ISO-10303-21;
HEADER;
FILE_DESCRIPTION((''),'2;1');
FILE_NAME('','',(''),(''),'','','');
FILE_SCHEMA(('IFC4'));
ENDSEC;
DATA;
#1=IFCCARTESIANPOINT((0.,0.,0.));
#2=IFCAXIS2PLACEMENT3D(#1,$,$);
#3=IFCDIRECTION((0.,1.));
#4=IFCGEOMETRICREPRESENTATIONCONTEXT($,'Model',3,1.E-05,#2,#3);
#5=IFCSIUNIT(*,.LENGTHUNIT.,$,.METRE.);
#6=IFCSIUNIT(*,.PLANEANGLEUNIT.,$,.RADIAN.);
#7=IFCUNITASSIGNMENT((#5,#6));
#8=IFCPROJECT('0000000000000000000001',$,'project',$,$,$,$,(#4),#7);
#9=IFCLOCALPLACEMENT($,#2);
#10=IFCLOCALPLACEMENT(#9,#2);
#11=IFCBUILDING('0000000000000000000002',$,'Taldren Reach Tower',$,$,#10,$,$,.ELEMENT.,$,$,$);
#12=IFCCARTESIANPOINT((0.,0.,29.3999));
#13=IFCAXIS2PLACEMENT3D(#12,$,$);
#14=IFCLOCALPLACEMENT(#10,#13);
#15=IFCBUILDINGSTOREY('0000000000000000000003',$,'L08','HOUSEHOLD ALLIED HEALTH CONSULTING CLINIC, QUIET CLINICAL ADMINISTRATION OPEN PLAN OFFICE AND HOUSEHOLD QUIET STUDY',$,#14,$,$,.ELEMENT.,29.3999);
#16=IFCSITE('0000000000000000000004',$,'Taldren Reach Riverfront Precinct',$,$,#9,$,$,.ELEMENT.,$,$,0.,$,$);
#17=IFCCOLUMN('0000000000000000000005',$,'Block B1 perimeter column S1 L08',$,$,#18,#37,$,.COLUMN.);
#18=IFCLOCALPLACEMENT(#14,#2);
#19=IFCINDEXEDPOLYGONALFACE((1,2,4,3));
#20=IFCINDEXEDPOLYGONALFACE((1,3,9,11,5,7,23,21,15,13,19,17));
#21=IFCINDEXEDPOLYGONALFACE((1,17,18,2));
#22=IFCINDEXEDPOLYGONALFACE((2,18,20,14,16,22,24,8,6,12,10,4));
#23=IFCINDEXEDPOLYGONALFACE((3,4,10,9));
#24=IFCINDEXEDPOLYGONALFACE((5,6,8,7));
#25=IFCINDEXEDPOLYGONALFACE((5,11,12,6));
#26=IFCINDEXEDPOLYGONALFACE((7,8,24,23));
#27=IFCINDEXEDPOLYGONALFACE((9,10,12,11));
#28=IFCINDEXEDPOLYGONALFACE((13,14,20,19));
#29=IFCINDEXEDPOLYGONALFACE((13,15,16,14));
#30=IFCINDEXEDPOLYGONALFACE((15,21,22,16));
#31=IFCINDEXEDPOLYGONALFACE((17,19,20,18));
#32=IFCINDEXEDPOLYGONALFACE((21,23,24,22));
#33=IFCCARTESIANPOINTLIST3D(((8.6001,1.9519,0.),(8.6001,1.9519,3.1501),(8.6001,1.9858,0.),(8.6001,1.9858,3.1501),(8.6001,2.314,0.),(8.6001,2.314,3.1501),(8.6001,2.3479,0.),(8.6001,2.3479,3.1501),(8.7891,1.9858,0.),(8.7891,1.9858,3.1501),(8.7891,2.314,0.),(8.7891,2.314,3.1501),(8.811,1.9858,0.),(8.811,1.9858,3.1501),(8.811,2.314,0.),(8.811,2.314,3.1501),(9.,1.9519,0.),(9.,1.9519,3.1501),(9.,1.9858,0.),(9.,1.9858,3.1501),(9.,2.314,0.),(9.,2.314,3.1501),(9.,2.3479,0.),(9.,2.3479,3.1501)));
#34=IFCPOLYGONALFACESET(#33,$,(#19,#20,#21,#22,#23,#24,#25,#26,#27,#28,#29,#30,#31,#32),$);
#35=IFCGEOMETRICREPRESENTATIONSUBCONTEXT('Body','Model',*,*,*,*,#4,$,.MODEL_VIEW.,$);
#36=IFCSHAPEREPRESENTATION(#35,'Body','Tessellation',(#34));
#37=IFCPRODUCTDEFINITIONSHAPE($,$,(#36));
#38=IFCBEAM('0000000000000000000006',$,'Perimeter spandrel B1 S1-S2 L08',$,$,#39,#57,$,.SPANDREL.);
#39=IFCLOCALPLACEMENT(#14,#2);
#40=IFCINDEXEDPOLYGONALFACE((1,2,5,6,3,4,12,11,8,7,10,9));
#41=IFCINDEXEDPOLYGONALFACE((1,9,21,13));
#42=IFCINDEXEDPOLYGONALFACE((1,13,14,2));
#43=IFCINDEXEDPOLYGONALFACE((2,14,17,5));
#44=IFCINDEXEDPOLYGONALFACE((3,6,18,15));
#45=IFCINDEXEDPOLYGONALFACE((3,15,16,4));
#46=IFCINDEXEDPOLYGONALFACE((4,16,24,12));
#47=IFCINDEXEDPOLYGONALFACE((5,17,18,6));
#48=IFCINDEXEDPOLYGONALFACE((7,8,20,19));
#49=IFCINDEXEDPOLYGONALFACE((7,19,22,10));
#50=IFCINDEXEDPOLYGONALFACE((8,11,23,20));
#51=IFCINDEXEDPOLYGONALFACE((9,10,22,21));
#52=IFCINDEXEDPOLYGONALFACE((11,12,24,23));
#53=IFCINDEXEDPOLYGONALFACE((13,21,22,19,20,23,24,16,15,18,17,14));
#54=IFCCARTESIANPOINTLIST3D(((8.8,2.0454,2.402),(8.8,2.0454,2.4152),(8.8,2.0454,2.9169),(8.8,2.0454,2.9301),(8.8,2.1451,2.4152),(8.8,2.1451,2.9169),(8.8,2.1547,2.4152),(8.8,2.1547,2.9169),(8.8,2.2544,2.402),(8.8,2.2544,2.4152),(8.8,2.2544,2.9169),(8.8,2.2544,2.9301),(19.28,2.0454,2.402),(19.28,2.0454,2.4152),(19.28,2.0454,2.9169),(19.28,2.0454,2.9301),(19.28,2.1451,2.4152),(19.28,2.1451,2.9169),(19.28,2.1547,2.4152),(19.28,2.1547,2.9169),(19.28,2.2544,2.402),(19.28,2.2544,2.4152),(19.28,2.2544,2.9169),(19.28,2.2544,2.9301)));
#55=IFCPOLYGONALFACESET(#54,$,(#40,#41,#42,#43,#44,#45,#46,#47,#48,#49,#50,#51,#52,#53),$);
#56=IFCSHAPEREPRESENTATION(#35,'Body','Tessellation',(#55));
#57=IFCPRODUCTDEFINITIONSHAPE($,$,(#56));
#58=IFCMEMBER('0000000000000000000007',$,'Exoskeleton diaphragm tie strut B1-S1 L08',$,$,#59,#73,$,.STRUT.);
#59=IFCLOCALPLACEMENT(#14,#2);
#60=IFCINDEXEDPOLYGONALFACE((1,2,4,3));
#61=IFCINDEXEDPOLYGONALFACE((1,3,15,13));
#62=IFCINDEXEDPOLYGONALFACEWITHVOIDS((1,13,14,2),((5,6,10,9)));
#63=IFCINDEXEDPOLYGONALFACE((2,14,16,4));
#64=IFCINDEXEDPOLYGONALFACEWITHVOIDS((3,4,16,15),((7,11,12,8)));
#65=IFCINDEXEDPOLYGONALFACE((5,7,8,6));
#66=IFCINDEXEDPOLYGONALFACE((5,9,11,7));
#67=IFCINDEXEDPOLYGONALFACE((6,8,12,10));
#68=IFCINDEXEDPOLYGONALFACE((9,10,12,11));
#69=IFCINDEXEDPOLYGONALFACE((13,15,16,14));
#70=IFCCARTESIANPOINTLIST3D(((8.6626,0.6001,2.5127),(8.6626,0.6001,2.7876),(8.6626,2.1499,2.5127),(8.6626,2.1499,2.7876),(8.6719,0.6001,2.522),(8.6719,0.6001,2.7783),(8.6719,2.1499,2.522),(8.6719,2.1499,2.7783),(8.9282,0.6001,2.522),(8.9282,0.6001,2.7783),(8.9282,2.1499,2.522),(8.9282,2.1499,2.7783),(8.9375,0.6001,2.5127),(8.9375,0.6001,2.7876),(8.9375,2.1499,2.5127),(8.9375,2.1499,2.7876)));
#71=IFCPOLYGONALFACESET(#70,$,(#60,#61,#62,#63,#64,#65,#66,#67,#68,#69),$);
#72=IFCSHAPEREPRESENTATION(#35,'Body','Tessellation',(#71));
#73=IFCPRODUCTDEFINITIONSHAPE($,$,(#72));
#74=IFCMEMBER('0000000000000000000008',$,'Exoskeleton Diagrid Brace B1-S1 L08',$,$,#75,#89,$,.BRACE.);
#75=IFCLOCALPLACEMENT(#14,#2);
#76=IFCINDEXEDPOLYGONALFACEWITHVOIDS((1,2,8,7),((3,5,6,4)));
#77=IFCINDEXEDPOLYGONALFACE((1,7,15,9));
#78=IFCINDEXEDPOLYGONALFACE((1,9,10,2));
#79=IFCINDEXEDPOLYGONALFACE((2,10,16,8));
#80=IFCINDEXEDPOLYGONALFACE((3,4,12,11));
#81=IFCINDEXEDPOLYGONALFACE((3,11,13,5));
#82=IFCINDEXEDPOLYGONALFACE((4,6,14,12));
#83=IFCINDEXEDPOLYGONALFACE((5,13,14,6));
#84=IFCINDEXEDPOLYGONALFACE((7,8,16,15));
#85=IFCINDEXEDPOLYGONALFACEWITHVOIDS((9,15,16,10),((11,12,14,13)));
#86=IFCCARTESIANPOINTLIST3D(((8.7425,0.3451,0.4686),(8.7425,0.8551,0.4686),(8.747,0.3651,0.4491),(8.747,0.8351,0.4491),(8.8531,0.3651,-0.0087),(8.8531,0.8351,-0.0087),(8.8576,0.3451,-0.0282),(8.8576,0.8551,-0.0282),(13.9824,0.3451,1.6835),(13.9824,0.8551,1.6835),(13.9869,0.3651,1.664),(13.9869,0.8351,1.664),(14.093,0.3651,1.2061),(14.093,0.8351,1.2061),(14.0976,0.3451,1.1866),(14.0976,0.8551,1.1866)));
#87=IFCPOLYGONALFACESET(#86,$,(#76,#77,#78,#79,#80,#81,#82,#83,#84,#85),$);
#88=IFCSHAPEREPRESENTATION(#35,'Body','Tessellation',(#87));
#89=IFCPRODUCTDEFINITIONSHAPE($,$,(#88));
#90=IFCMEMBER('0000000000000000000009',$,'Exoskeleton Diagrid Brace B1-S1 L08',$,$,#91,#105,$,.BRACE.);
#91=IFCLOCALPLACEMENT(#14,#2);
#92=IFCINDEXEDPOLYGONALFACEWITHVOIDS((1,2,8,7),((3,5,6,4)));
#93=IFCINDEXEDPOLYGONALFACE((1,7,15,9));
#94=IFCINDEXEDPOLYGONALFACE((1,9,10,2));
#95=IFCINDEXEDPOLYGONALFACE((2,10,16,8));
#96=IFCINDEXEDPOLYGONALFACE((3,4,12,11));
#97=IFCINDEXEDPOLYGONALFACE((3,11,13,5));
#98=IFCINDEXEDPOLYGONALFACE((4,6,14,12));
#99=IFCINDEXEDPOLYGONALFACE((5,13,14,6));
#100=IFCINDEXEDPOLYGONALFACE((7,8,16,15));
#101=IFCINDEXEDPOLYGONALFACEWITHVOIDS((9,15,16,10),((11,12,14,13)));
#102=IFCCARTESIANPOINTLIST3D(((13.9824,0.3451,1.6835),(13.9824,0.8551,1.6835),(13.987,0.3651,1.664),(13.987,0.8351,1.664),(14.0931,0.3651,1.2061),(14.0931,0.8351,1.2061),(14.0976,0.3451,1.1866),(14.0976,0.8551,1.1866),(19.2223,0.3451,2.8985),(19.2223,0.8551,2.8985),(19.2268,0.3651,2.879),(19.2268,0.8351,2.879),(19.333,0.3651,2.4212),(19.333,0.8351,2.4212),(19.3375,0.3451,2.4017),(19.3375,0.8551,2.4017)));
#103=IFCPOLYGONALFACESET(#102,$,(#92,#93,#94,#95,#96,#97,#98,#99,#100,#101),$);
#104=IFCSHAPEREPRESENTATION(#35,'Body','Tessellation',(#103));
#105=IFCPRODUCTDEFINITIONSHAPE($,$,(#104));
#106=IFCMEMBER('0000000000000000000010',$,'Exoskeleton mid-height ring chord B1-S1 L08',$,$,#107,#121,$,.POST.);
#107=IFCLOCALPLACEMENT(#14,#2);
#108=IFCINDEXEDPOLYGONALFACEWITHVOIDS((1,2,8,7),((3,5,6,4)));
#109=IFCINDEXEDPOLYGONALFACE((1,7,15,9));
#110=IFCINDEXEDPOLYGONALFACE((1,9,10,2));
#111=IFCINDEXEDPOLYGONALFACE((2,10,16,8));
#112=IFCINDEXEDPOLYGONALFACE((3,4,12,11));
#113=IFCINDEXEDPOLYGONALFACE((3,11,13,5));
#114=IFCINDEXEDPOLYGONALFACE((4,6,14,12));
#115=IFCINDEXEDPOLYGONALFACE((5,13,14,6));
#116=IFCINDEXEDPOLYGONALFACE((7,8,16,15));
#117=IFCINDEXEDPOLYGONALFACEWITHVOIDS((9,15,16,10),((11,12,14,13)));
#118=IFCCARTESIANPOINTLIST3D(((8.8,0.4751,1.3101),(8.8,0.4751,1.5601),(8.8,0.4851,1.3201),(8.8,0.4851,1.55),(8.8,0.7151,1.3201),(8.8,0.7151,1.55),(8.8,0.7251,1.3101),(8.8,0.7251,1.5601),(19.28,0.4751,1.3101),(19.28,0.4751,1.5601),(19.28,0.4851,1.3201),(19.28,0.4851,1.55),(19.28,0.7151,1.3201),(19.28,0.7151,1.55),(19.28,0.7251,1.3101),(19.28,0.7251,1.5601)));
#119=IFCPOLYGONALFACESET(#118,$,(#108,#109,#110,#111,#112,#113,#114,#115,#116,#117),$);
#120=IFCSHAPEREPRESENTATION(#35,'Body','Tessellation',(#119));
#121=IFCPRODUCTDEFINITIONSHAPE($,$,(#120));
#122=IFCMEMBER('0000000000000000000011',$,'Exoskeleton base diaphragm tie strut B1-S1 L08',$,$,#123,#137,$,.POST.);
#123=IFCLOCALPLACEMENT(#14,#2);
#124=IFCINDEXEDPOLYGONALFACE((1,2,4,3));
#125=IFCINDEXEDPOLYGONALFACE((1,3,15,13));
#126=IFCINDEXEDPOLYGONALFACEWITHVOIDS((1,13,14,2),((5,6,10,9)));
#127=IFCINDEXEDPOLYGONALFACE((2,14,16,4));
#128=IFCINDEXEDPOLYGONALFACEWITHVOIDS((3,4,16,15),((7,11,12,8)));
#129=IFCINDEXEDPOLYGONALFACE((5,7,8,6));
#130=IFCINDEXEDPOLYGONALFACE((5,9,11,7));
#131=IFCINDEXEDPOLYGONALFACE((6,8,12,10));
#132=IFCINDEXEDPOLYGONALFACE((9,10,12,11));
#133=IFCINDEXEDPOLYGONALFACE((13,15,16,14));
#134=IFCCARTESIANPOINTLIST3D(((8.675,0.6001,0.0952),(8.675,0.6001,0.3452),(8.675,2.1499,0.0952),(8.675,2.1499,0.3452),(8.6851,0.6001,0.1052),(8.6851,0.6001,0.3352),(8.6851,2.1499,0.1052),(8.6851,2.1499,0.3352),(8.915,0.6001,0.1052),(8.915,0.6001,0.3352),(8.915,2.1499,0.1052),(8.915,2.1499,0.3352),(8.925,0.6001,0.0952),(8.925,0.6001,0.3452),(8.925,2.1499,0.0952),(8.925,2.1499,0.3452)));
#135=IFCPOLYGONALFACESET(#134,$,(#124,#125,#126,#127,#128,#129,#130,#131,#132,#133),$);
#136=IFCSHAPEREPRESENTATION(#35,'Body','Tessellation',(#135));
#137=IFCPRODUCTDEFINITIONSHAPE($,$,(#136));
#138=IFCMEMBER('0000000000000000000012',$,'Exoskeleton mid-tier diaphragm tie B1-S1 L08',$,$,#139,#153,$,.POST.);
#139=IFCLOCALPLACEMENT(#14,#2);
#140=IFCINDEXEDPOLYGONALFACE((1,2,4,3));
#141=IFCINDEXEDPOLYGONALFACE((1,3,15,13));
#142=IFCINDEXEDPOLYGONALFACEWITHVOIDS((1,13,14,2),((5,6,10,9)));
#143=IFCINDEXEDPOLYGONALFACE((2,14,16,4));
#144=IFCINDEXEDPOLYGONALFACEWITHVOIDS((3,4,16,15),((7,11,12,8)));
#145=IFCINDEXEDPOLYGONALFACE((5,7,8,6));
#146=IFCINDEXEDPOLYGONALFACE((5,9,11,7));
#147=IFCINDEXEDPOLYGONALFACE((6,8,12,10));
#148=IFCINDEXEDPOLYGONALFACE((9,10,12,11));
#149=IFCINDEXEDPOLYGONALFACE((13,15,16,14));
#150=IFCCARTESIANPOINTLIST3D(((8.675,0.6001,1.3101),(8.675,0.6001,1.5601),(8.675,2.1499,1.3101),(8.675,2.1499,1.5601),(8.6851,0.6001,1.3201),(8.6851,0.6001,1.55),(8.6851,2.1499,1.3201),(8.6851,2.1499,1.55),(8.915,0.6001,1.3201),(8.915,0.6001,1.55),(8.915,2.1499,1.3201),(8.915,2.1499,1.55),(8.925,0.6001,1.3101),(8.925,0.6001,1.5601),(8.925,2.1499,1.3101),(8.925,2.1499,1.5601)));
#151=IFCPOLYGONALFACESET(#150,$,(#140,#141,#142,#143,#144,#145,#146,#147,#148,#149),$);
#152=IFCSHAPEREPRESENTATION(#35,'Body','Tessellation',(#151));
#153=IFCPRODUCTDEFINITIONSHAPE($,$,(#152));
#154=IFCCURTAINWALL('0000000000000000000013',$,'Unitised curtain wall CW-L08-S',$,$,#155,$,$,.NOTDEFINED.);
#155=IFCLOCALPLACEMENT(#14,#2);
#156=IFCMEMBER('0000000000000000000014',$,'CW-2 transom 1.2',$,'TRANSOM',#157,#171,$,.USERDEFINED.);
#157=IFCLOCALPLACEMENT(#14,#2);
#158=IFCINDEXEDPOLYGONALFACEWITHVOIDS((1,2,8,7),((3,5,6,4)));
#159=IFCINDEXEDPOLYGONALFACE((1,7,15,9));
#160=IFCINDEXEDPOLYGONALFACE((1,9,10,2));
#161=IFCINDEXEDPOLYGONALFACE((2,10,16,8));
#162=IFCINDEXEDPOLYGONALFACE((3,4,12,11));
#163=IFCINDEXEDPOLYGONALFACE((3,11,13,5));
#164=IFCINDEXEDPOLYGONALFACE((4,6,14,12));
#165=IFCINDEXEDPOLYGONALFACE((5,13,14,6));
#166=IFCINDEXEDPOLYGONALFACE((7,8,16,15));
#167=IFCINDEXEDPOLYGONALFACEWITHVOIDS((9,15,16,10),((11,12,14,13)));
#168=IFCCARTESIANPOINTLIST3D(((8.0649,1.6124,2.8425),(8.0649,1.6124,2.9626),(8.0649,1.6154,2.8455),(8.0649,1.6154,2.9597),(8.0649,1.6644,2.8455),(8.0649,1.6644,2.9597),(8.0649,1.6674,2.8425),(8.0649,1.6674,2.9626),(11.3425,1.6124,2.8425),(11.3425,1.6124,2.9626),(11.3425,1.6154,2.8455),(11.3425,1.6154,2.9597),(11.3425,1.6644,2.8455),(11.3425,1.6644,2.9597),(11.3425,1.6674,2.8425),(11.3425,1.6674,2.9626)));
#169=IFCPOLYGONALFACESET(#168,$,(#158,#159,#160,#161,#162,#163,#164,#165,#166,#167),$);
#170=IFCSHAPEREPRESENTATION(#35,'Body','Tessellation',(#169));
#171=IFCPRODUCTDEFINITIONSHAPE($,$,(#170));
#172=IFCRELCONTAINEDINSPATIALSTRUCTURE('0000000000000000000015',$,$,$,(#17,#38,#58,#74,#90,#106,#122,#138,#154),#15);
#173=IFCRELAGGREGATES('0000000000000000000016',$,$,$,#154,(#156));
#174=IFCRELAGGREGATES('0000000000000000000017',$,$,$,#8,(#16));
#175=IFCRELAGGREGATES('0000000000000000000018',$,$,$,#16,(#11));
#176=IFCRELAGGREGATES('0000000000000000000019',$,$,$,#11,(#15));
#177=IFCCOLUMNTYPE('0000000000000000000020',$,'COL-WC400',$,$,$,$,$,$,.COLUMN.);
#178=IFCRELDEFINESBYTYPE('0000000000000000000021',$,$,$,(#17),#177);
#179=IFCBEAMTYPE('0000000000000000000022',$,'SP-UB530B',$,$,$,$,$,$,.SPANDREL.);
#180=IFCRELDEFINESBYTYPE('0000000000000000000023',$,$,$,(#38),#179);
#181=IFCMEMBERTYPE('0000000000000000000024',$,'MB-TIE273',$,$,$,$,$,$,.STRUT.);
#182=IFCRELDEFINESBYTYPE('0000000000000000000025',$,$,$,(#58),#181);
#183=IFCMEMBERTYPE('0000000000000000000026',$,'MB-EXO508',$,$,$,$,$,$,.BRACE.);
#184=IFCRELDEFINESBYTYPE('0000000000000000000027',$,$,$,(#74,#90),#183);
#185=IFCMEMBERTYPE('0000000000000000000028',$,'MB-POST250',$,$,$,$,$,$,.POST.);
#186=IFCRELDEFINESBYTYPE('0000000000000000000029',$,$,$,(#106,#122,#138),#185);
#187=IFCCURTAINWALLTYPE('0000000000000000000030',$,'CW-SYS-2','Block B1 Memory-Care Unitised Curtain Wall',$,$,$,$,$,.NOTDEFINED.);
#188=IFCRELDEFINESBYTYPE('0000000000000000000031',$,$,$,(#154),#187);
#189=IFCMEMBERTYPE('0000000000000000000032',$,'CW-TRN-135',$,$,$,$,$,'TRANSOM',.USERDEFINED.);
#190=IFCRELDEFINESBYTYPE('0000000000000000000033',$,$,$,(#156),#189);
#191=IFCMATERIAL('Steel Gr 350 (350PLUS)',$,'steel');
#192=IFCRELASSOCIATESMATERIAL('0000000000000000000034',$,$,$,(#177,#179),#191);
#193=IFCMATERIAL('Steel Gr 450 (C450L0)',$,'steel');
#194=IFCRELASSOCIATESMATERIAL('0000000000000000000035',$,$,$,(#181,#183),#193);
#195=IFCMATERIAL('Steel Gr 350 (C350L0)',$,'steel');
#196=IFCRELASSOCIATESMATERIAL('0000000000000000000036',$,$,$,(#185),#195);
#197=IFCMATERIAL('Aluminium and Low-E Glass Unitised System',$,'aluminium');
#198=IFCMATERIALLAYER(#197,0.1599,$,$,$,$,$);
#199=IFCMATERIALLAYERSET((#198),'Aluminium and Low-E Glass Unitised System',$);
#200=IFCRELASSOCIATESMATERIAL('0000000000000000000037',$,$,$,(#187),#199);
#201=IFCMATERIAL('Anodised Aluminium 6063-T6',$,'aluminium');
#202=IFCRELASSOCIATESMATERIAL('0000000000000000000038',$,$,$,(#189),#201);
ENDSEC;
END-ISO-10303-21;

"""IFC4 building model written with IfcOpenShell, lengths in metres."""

from ifc_helpers import new_model, si_unit, direction, frame, origin, origin_2d, place, context, subcontext, project, spatial, hollow_rectangle, i_section, extrude, source, transform, mapped, material, layer, layer_set, material_profile, profile_set, type_object, element, aggregate, save


model = new_model("IFC4")

# Units and contexts
model_context = context("Model", 3, precision=1e-05, world=origin(), true_north=direction((0.0, 1.0)))
body_context = subcontext(model_context, "Body", "Model", "MODEL_VIEW")
ifc_project = project(units=[si_unit("LENGTHUNIT", "METRE"), si_unit("PLANEANGLEUNIT", "RADIAN")], contexts=[model_context])

# Site, building, storey
site_placement = place(None, origin())
site = spatial("IfcSite", under=ifc_project, at=site_placement, Name="Taldren Reach Riverfront Precinct", CompositionType="ELEMENT", RefElevation=0.0)
building_placement = place(site_placement, origin())
building = spatial("IfcBuilding", under=site, at=building_placement, Name="Taldren Reach Tower", CompositionType="ELEMENT")
storey_placement = place(building_placement, frame((0.0, 0.0, 29.3999)))
storey = spatial("IfcBuildingStorey", under=building, at=storey_placement, Name="L08", Description="HOUSEHOLD ALLIED HEALTH CONSULTING CLINIC, QUIET CLINICAL ADMINISTRATION OPEN PLAN OFFICE AND HOUSEHOLD QUIET STUDY", CompositionType="ELEMENT", Elevation=29.3999)

# Column
ifc_material_1 = material(Name="Steel Gr 350 (350PLUS)", Category="steel")
ifc_material_profile_1 = material_profile(ifc_material_1, i_section(OverallWidth=0.3999, OverallDepth=0.396, WebThickness=0.022, FlangeThickness=0.0339, at=origin_2d()), Name="400WC270")
ifc_profile_set_1 = profile_set([ifc_material_profile_1], Name="Steel Gr 350 (350PLUS)")
column_type = type_object("IfcColumnType", Name="COL-WC400", PredefinedType="COLUMN", material=ifc_profile_set_1)
shared_shape_1 = source(origin(), body_context, "Body", "SweptSolid", [
    extrude(i_section(OverallWidth=0.3999, OverallDepth=0.396, WebThickness=0.022, FlangeThickness=0.0339, at=origin_2d()), origin(), (0.0, 0.0, 1.0), 3.1501),
])
column_placement = place(storey_placement, frame((8.8, 2.1499, 0.0), z_axis=(0.0, 0.0, 1.0), x_axis=(1.0, 0.0, 0.0)))
element("IfcColumn", 1, at=column_placement, inside=storey, type_object=column_type, Name="Block B1 perimeter column S1 L08", PredefinedType="COLUMN", context=body_context, shape_type="MappedRepresentation", body=[
    mapped(shared_shape_1, transform((0.0, 0.0, 0.0), scale=1.0)),
])

# Beam
ifc_material_profile_2 = material_profile(ifc_material_1, i_section(OverallWidth=0.209, OverallDepth=0.5281, WebThickness=0.0095, FlangeThickness=0.0132, at=origin_2d()), Name="530UB82.0")
ifc_profile_set_2 = profile_set([ifc_material_profile_2], Name="Steel Gr 350 (350PLUS)")
beam_type = type_object("IfcBeamType", Name="SP-UB530B", PredefinedType="SPANDREL", material=ifc_profile_set_2)
shared_shape_2 = source(origin(), body_context, "Body", "SweptSolid", [
    extrude(i_section(OverallWidth=0.209, OverallDepth=0.5281, WebThickness=0.0095, FlangeThickness=0.0132, at=origin_2d()), origin(), (0.0, 0.0, 1.0), 10.48),
])
beam_placement = place(storey_placement, frame((8.8, 2.1499, 2.666), z_axis=(1.0, 0.0, 0.0), x_axis=(0.0, 1.0, 0.0)))
element("IfcBeam", 2, at=beam_placement, inside=storey, type_object=beam_type, Name="Perimeter spandrel B1 S1-S2 L08", PredefinedType="SPANDREL", context=body_context, shape_type="MappedRepresentation", body=[
    mapped(shared_shape_2, transform((0.0, 0.0, 0.0), scale=1.0)),
])

# Members
ifc_material_2 = material(Name="Steel Gr 450 (C450L0)", Category="steel")
ifc_material_profile_3 = material_profile(ifc_material_2, hollow_rectangle(XDim=0.2749, YDim=0.2749, WallThickness=0.0093, at=origin_2d()), Name="275x275x9.3SHS")
ifc_profile_set_3 = profile_set([ifc_material_profile_3], Name="Steel Gr 450 (C450L0)")
member_type_1 = type_object("IfcMemberType", Name="MB-TIE273", PredefinedType="STRUT", material=ifc_profile_set_3)
shared_shape_3 = source(origin(), body_context, "Body", "SweptSolid", [
    extrude(hollow_rectangle(XDim=0.2749, YDim=0.2749, WallThickness=0.0093, at=origin_2d()), origin(), (0.0, 0.0, 1.0), 1.5498),
])
member_1_placement = place(storey_placement, frame((8.8, 2.1499, 2.6501), z_axis=(0.0, -1.0, 0.0), x_axis=(1.0, 0.0, 0.0)))
element("IfcMember", 3, at=member_1_placement, inside=storey, type_object=member_type_1, Name="Exoskeleton diaphragm tie strut B1-S1 L08", PredefinedType="STRUT", context=body_context, shape_type="MappedRepresentation", body=[
    mapped(shared_shape_3, transform((0.0, 0.0, 0.0), scale=1.0)),
])
ifc_material_profile_4 = material_profile(ifc_material_2, hollow_rectangle(XDim=0.51, YDim=0.51, WallThickness=0.02, at=origin_2d()), Name="510x510x20.0SHS")
ifc_profile_set_4 = profile_set([ifc_material_profile_4], Name="Steel Gr 450 (C450L0)")
member_type_2 = type_object("IfcMemberType", Name="MB-EXO508", PredefinedType="BRACE", material=ifc_profile_set_4)
shared_shape_4 = source(origin(), body_context, "Body", "SweptSolid", [
    extrude(hollow_rectangle(XDim=0.51, YDim=0.51, WallThickness=0.02, at=origin_2d()), origin(), (0.0, 0.0, 1.0), 5.3789),
])
for number, where, z_axis, x_axis, name in (
    (4, (8.8, 0.6001, 0.2202), (0.974162, 0.0, 0.225851), (0.0, 1.0, 0.0), "Exoskeleton Diagrid Brace B1-S1 L08"),
    (5, (14.04, 0.6001, 1.4351), (0.974152, 0.0, 0.225894), (0.0, 1.0, 0.0), "Exoskeleton Diagrid Brace B1-S1 L08"),
):
    element("IfcMember", number, at=place(storey_placement, frame(where, z_axis=z_axis, x_axis=x_axis)), inside=storey, type_object=member_type_2, Name=name, PredefinedType="BRACE", context=body_context, shape_type="MappedRepresentation", body=[
        mapped(shared_shape_4, transform((0.0, 0.0, 0.0), scale=1.0)),
    ])
ifc_material_3 = material(Name="Steel Gr 350 (C350L0)", Category="steel")
ifc_material_profile_5 = material_profile(ifc_material_3, hollow_rectangle(XDim=0.25, YDim=0.25, WallThickness=0.01, at=origin_2d()), Name="250x250x10.0SHS")
ifc_profile_set_5 = profile_set([ifc_material_profile_5], Name="Steel Gr 350 (C350L0)")
member_type_3 = type_object("IfcMemberType", Name="MB-POST250", PredefinedType="POST", material=ifc_profile_set_5)
shared_shape_5 = source(origin(), body_context, "Body", "SweptSolid", [
    extrude(hollow_rectangle(XDim=0.25, YDim=0.25, WallThickness=0.01, at=origin_2d()), origin(), (0.0, 0.0, 1.0), 10.48),
])
member_2_placement = place(storey_placement, frame((8.8, 0.6001, 1.4351), z_axis=(1.0, 0.0, 0.0), x_axis=(0.0, 1.0, 0.0)))
element("IfcMember", 6, at=member_2_placement, inside=storey, type_object=member_type_3, Name="Exoskeleton mid-height ring chord B1-S1 L08", PredefinedType="POST", context=body_context, shape_type="MappedRepresentation", body=[
    mapped(shared_shape_5, transform((0.0, 0.0, 0.0), scale=1.0)),
])
shared_shape_6 = source(origin(), body_context, "Body", "SweptSolid", [
    extrude(hollow_rectangle(XDim=0.25, YDim=0.25, WallThickness=0.01, at=origin_2d()), origin(), (0.0, 0.0, 1.0), 1.5498),
])
for number, where, z_axis, x_axis, name in (
    (7, (8.8, 2.1499, 0.2202), (0.0, -1.0, 0.0), (1.0, 0.0, 0.0), "Exoskeleton base diaphragm tie strut B1-S1 L08"),
    (8, (8.8, 2.1499, 1.4351), (0.0, -1.0, 0.0), (1.0, 0.0, 0.0), "Exoskeleton mid-tier diaphragm tie B1-S1 L08"),
):
    element("IfcMember", number, at=place(storey_placement, frame(where, z_axis=z_axis, x_axis=x_axis)), inside=storey, type_object=member_type_3, Name=name, PredefinedType="POST", context=body_context, shape_type="MappedRepresentation", body=[
        mapped(shared_shape_6, transform((0.0, 0.0, 0.0), scale=1.0)),
    ])

# Curtain wall, member
ifc_material_4 = material(Name="Aluminium and Low-E Glass Unitised System", Category="aluminium")
ifc_layer_1 = layer(ifc_material_4, 0.1599)
ifc_layer_set_1 = layer_set([ifc_layer_1], Name="Aluminium and Low-E Glass Unitised System")
curtain_wall_type = type_object("IfcCurtainWallType", Name="CW-SYS-2", Description="Block B1 Memory-Care Unitised Curtain Wall", PredefinedType="NOTDEFINED", material=ifc_layer_set_1)
curtain_wall_placement = place(storey_placement, origin())
curtain_wall = element("IfcCurtainWall", 9, at=curtain_wall_placement, inside=storey, type_object=curtain_wall_type, Name="Unitised curtain wall CW-L08-S", PredefinedType="NOTDEFINED")
ifc_material_5 = material(Name="Anodised Aluminium 6063-T6", Category="aluminium")
ifc_material_profile_6 = material_profile(ifc_material_5, hollow_rectangle(XDim=0.0549, YDim=0.1201, WallThickness=0.0029, at=origin_2d()), Name="ALU-120x55x3RHS")
ifc_profile_set_6 = profile_set([ifc_material_profile_6], Name="Anodised Aluminium 6063-T6")
member_type_4 = type_object("IfcMemberType", Name="CW-TRN-135", ElementType="TRANSOM", PredefinedType="USERDEFINED", material=ifc_profile_set_6)
shared_shape_7 = source(origin(), body_context, "Body", "SweptSolid", [
    extrude(hollow_rectangle(XDim=0.0549, YDim=0.1201, WallThickness=0.0029, at=origin_2d()), origin(), (0.0, 0.0, 1.0), 3.2776),
])
member_3_placement = place(storey_placement, frame((8.0649, 1.6399, 2.9026), z_axis=(1.0, 0.0, 0.0), x_axis=(0.0, 1.0, 0.0)))
member_3 = element("IfcMember", 10, at=member_3_placement, type_object=member_type_4, Name="CW-2 transom 1.2", ObjectType="TRANSOM", PredefinedType="USERDEFINED", context=body_context, shape_type="MappedRepresentation", body=[
    mapped(shared_shape_7, transform((0.0, 0.0, 0.0), scale=1.0)),
])

aggregate(curtain_wall, [member_3])

save(model, "model.ifc")
